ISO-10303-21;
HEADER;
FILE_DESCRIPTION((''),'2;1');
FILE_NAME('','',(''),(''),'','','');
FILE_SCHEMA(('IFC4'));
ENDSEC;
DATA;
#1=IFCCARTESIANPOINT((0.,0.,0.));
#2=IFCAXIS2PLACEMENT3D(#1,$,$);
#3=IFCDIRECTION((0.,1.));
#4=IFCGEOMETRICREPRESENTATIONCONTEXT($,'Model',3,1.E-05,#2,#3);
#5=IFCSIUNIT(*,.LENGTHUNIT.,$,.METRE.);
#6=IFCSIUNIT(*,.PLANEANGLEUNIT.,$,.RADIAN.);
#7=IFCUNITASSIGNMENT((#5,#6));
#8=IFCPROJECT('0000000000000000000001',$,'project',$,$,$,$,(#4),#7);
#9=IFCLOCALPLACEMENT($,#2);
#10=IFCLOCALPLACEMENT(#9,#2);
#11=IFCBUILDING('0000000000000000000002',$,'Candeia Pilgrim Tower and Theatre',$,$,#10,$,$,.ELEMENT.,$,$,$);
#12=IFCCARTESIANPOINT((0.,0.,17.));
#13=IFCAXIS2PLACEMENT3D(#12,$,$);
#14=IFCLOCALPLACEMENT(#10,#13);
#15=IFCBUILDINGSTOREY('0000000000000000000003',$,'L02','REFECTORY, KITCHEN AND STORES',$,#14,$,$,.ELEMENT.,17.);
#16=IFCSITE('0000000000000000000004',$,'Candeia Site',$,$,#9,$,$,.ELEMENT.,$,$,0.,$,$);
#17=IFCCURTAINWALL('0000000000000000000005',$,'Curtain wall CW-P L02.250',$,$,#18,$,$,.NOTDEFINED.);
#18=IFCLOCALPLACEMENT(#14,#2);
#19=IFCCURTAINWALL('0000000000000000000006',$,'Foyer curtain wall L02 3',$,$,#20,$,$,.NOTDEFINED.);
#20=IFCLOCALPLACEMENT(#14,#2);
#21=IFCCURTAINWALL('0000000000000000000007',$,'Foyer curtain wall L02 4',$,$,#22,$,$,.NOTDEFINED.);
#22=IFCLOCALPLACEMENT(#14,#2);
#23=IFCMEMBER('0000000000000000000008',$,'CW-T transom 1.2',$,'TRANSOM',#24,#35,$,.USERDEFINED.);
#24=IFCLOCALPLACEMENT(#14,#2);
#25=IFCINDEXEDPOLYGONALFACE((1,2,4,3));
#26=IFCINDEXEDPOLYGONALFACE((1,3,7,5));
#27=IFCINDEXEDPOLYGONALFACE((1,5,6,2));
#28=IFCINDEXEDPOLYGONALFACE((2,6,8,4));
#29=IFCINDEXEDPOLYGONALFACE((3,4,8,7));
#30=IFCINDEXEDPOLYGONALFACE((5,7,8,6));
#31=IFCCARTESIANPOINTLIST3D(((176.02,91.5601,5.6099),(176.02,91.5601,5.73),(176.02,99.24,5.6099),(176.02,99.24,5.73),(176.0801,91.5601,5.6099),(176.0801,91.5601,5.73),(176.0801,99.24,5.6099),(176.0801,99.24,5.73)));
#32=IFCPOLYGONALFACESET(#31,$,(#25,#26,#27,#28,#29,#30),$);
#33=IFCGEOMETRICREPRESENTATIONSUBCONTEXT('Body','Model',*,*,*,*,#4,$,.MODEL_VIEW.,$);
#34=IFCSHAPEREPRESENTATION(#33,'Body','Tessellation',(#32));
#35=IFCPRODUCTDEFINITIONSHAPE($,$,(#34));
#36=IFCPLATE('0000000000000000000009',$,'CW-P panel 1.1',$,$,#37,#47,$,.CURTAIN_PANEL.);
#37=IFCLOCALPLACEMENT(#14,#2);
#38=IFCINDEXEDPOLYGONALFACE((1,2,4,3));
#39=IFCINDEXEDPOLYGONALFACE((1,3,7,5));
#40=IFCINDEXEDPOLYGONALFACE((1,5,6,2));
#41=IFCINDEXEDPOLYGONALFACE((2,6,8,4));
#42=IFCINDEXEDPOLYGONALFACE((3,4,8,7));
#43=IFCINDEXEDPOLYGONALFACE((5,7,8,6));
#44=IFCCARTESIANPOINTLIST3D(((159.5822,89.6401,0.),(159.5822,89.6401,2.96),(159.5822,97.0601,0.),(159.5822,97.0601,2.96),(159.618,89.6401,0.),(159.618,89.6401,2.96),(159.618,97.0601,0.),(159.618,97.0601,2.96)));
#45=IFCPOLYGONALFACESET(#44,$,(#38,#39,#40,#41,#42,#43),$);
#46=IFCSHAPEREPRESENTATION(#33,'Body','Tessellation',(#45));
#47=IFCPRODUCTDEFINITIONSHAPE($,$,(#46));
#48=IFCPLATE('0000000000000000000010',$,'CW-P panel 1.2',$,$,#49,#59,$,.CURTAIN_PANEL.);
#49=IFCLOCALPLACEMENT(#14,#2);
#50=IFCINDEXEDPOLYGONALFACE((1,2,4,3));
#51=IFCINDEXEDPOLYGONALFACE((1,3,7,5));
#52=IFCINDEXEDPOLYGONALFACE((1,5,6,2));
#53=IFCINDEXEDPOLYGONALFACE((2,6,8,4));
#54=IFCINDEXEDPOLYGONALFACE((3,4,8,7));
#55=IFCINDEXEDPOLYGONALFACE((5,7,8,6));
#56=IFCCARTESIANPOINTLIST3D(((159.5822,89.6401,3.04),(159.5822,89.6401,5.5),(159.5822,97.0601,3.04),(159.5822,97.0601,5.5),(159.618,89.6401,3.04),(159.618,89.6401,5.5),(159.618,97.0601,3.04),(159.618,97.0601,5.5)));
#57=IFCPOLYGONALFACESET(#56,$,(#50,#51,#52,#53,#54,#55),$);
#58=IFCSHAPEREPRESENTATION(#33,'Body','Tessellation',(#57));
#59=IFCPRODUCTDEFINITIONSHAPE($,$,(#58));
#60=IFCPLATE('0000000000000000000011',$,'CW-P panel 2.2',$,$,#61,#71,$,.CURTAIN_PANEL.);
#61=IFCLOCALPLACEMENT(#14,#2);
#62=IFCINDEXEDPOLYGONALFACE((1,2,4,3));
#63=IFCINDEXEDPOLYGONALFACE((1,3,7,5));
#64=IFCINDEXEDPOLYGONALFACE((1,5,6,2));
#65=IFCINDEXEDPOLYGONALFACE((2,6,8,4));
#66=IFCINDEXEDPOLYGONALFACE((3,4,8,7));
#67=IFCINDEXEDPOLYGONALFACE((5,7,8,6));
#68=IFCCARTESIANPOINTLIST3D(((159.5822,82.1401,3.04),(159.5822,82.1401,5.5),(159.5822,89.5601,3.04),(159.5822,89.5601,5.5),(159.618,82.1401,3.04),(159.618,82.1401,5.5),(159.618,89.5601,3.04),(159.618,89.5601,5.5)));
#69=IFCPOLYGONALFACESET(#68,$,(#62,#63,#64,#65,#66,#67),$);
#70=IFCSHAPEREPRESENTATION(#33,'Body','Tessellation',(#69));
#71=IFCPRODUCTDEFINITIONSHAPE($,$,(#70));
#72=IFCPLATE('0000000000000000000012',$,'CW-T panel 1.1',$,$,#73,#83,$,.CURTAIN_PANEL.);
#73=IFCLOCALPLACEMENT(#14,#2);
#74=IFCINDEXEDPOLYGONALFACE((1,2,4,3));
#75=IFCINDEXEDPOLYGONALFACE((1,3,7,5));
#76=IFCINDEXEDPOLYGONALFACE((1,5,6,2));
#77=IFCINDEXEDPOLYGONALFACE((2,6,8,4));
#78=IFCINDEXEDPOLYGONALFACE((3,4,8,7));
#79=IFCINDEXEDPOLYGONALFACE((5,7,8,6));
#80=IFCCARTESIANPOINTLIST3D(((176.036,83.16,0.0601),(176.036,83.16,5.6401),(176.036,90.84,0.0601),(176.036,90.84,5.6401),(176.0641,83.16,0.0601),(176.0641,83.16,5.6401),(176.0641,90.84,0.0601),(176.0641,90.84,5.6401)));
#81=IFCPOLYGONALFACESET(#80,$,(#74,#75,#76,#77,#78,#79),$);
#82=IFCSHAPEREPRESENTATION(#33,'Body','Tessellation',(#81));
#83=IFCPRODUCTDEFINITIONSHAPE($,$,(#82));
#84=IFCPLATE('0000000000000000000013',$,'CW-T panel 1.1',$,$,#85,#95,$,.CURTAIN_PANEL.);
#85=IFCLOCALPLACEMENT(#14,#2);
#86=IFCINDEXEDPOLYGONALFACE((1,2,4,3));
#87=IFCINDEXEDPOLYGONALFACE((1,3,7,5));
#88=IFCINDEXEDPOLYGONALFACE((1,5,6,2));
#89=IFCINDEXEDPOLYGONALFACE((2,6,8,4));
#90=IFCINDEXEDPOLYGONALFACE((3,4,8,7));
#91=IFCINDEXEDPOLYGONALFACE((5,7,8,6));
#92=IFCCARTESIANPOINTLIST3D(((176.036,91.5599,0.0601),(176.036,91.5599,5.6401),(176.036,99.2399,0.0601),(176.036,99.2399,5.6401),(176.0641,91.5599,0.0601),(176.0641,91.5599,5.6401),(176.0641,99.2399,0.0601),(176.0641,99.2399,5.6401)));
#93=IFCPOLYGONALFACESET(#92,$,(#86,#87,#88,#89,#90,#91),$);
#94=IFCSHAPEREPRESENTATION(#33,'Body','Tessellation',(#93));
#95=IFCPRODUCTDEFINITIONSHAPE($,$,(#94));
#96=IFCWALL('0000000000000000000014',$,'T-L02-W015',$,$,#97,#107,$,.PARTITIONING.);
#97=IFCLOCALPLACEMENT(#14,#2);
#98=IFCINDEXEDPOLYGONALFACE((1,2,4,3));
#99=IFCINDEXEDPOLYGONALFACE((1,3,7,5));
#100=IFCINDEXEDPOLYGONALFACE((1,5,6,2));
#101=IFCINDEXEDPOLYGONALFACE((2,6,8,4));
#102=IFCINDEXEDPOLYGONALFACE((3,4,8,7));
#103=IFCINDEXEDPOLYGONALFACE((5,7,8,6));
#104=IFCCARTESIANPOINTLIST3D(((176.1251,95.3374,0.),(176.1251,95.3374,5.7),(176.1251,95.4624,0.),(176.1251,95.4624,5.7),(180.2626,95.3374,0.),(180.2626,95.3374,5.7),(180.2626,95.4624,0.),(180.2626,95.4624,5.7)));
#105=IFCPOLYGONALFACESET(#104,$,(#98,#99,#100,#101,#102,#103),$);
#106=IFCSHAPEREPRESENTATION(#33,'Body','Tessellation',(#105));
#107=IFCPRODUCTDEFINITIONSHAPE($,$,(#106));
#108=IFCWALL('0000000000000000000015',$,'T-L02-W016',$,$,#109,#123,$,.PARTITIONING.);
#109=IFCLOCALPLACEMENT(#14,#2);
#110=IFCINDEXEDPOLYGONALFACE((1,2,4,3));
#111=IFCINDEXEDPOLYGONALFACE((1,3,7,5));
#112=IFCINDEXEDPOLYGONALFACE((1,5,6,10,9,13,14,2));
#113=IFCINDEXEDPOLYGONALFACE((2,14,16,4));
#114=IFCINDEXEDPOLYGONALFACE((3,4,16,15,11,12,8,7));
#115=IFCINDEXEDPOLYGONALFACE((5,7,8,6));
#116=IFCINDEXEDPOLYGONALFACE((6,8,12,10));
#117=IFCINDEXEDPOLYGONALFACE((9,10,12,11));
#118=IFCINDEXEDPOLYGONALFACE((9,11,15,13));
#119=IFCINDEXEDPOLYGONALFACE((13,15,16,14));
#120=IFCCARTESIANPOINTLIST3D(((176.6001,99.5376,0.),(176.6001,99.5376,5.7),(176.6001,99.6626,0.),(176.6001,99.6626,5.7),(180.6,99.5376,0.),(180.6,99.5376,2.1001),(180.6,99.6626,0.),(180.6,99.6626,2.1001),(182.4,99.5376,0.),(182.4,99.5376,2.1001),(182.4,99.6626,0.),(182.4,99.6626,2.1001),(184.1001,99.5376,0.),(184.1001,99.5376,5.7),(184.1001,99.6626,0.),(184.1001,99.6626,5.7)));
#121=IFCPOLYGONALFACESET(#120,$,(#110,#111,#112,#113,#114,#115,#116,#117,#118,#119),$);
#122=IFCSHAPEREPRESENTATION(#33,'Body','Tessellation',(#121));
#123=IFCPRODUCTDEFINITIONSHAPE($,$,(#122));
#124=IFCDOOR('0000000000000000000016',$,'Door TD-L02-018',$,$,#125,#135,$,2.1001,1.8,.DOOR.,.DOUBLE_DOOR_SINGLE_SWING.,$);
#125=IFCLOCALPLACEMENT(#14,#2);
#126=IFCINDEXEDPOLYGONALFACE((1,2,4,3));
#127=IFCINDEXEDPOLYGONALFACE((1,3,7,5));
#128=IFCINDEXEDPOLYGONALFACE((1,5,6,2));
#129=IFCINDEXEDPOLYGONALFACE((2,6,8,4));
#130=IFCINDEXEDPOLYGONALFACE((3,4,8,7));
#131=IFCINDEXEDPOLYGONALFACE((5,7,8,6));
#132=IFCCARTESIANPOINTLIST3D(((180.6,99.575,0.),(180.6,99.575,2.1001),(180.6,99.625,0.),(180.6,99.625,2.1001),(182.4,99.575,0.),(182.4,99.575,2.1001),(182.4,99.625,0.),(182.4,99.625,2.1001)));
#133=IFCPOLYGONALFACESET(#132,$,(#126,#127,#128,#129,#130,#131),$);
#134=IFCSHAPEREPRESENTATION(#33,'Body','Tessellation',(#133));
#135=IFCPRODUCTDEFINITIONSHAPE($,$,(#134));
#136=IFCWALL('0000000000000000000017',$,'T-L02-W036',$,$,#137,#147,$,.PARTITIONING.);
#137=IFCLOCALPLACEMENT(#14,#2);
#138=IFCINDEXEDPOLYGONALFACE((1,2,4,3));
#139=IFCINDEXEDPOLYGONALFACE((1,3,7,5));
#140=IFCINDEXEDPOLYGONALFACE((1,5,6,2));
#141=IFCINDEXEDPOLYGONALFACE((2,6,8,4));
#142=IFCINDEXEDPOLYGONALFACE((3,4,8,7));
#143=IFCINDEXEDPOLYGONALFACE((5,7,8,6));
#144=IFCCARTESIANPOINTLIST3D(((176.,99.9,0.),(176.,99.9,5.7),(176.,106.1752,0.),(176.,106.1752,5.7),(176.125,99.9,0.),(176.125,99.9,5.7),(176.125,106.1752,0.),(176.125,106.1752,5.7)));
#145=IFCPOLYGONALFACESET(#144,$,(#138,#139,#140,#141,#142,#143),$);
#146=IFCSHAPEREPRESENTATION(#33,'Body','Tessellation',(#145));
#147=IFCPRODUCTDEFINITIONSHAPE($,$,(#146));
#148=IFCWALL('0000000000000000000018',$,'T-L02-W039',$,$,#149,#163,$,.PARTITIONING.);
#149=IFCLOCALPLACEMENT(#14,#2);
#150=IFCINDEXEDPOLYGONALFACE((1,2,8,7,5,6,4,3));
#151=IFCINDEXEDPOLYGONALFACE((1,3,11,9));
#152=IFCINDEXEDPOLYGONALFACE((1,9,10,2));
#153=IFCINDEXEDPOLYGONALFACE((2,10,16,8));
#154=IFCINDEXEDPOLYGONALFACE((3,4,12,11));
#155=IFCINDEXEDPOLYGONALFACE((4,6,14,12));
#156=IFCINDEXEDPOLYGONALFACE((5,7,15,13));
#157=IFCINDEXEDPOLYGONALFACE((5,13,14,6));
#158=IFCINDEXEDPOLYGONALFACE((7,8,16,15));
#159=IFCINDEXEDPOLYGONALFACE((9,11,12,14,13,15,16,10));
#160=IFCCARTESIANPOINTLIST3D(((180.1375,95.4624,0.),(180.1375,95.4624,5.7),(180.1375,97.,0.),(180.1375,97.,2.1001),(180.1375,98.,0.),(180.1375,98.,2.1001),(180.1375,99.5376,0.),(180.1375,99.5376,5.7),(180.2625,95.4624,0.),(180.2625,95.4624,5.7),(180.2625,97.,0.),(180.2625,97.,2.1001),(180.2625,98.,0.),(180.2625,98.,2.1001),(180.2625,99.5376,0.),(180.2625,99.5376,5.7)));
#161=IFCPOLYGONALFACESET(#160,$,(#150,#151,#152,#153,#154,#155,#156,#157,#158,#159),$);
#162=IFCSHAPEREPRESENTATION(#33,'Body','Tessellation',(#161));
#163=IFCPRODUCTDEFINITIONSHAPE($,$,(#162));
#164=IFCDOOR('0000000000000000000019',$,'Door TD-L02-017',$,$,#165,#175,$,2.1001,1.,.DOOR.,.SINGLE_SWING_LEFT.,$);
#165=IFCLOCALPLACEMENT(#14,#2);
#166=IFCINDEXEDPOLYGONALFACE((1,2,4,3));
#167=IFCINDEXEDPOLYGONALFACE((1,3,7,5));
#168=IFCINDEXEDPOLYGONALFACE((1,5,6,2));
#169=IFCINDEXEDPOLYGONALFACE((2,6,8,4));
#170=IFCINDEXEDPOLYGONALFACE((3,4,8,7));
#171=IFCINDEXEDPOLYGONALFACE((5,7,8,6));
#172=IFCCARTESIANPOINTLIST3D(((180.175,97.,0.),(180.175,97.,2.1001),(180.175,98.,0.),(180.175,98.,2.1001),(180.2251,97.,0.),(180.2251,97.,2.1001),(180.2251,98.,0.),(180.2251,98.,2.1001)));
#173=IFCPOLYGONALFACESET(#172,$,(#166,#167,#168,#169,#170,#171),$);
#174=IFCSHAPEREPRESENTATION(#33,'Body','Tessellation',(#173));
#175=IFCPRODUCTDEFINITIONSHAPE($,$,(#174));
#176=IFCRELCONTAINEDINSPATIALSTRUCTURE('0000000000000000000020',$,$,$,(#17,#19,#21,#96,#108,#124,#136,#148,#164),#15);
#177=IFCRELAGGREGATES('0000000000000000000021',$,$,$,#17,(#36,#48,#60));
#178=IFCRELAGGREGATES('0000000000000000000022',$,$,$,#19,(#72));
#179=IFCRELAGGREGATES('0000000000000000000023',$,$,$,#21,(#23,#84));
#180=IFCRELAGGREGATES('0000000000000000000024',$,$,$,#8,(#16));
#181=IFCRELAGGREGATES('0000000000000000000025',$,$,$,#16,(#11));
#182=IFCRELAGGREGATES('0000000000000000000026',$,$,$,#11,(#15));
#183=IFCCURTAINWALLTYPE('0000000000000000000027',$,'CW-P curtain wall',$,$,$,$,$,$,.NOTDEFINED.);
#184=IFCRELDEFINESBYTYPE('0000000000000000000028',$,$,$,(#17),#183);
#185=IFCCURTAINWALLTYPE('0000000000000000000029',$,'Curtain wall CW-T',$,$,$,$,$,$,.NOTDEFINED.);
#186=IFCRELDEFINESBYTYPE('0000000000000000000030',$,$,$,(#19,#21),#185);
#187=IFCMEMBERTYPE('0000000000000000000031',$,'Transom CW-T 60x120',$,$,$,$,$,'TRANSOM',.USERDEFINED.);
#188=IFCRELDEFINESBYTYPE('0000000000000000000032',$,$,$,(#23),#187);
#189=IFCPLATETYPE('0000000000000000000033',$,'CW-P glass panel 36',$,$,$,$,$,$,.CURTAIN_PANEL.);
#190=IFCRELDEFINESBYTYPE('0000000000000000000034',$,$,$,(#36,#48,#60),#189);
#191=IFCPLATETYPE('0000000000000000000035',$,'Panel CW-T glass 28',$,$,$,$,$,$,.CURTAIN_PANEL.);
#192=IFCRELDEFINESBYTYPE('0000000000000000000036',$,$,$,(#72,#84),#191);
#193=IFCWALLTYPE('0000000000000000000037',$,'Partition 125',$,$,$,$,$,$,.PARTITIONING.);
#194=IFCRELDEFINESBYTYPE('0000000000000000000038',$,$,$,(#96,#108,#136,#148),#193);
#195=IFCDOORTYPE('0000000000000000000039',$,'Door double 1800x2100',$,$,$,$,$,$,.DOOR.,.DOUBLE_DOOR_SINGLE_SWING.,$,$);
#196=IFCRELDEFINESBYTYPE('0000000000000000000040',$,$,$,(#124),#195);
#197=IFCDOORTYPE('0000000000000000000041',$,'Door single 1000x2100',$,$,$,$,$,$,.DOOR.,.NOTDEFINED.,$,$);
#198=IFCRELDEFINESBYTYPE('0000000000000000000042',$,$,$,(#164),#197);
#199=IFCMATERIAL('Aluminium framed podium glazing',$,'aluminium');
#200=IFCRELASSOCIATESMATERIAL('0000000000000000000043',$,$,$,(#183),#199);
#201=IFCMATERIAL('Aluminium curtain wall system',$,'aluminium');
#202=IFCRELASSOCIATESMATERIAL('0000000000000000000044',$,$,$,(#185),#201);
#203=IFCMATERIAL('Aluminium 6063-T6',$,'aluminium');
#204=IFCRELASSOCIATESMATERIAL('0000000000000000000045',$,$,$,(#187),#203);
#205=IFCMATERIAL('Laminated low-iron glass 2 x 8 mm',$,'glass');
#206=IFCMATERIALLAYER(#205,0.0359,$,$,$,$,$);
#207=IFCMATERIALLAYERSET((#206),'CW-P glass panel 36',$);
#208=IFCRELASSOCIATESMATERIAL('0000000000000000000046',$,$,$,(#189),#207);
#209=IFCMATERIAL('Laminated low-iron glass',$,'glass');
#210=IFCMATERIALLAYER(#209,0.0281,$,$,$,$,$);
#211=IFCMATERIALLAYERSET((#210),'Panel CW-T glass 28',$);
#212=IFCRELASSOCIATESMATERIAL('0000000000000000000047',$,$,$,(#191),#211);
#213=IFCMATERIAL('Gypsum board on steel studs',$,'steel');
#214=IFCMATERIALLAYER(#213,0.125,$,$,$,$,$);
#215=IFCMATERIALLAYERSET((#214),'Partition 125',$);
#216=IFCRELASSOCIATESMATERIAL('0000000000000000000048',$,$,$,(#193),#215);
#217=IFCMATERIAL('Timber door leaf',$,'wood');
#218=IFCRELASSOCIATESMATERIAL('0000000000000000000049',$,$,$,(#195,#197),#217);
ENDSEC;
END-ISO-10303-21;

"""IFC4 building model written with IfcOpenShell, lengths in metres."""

from ifc_helpers import new_model, si_unit, direction, frame, frame_2d, origin, origin_2d, place, context, subcontext, project, spatial, rectangle, extrude, material, layer, layer_set, material_profile, profile_set, type_object, element, fill, aggregate, save


model = new_model("IFC4")

# Units and contexts
model_context = context("Model", 3, precision=1e-05, world=origin(), true_north=direction((0.0, 1.0)))
body_context = subcontext(model_context, "Body", "Model", "MODEL_VIEW")
ifc_project = project(units=[si_unit("LENGTHUNIT", "METRE"), si_unit("PLANEANGLEUNIT", "RADIAN")], contexts=[model_context])

# Site, building, storey
site_placement = place(None, origin())
site = spatial("IfcSite", under=ifc_project, at=site_placement, Name="Candeia Site", CompositionType="ELEMENT", RefElevation=0.0)
building_placement = place(site_placement, origin())
building = spatial("IfcBuilding", under=site, at=building_placement, Name="Candeia Pilgrim Tower and Theatre", CompositionType="ELEMENT")
storey_placement = place(building_placement, frame((0.0, 0.0, 17.0)))
storey = spatial("IfcBuildingStorey", under=building, at=storey_placement, Name="L02", Description="REFECTORY, KITCHEN AND STORES", CompositionType="ELEMENT", Elevation=17.0)

# Shared definitions
ifc_material_1 = material(Name="Aluminium framed podium glazing", Category="aluminium")
curtain_wall_type_1 = type_object("IfcCurtainWallType", Name="CW-P curtain wall", PredefinedType="NOTDEFINED", material=ifc_material_1)

# Curtain wall
curtain_wall_1_placement = place(storey_placement, origin())
curtain_wall_1 = element("IfcCurtainWall", 1, at=curtain_wall_1_placement, inside=storey, type_object=curtain_wall_type_1, Name="Curtain wall CW-P L02.250", PredefinedType="NOTDEFINED")

# Curtain wall
ifc_material_2 = material(Name="Aluminium curtain wall system", Category="aluminium")
curtain_wall_type_2 = type_object("IfcCurtainWallType", Name="Curtain wall CW-T", PredefinedType="NOTDEFINED", material=ifc_material_2)
curtain_wall_2_placement = place(storey_placement, origin())
curtain_wall_2 = element("IfcCurtainWall", 2, at=curtain_wall_2_placement, inside=storey, type_object=curtain_wall_type_2, Name="Foyer curtain wall L02 3", PredefinedType="NOTDEFINED")
ifc_material_3 = material(Name="Aluminium 6063-T6", Category="aluminium")

# Curtain wall, member
curtain_wall_3_placement = place(storey_placement, origin())
curtain_wall_3 = element("IfcCurtainWall", 3, at=curtain_wall_3_placement, inside=storey, type_object=curtain_wall_type_2, Name="Foyer curtain wall L02 4", PredefinedType="NOTDEFINED")
ifc_material_profile_1 = material_profile(ifc_material_3, rectangle(XDim=0.0601, YDim=0.1201, at=origin_2d()))
ifc_profile_set_1 = profile_set([ifc_material_profile_1], Name="Aluminium 6063-T6")
member_type_1 = type_object("IfcMemberType", Name="Transom CW-T 60x120", ElementType="TRANSOM", PredefinedType="USERDEFINED", material=ifc_profile_set_1)
member_1_placement = place(storey_placement, frame((176.05, 91.5601, 5.6699), z_axis=(0.0, 1.0, 0.0), x_axis=(-1.0, 0.0, 0.0)))
member_1 = element("IfcMember", 4, at=member_1_placement, type_object=member_type_1, Name="CW-T transom 1.2", ObjectType="TRANSOM", PredefinedType="USERDEFINED", context=body_context, shape_type="SweptSolid", body=[
    extrude(rectangle(XDim=0.0601, YDim=0.1201, at=origin_2d()), origin(), (0.0, 0.0, 1.0), 7.6799),
])

# Plates
ifc_material_4 = material(Name="Laminated low-iron glass 2 x 8 mm", Category="glass")
ifc_layer_1 = layer(ifc_material_4, 0.0359)
ifc_layer_set_1 = layer_set([ifc_layer_1], Name="CW-P glass panel 36")
plate_type_1 = type_object("IfcPlateType", Name="CW-P glass panel 36", PredefinedType="CURTAIN_PANEL", material=ifc_layer_set_1)
plate_1_placement = place(storey_placement, frame((159.6001, 93.3501, 0.0), z_axis=(0.0, 0.0, 1.0), x_axis=(0.0, -1.0, 0.0)))
plate_1 = element("IfcPlate", 5, at=plate_1_placement, type_object=plate_type_1, Name="CW-P panel 1.1", PredefinedType="CURTAIN_PANEL", context=body_context, shape_type="SweptSolid", body=[
    extrude(rectangle(XDim=7.4199, YDim=0.0359, at=origin_2d()), origin(), (0.0, 0.0, 1.0), 2.96),
])
plate_2_placement = place(storey_placement, frame((159.6001, 93.3501, 3.04), z_axis=(0.0, 0.0, 1.0), x_axis=(0.0, -1.0, 0.0)))
plate_2 = element("IfcPlate", 6, at=plate_2_placement, type_object=plate_type_1, Name="CW-P panel 1.2", PredefinedType="CURTAIN_PANEL", context=body_context, shape_type="SweptSolid", body=[
    extrude(rectangle(XDim=7.4199, YDim=0.0359, at=origin_2d()), origin(), (0.0, 0.0, 1.0), 2.46),
])
plate_3_placement = place(storey_placement, frame((159.6001, 85.8501, 3.04), z_axis=(0.0, 0.0, 1.0), x_axis=(0.0, -1.0, 0.0)))
plate_3 = element("IfcPlate", 7, at=plate_3_placement, type_object=plate_type_1, Name="CW-P panel 2.2", PredefinedType="CURTAIN_PANEL", context=body_context, shape_type="SweptSolid", body=[
    extrude(rectangle(XDim=7.4199, YDim=0.0359, at=origin_2d()), origin(), (0.0, 0.0, 1.0), 2.46),
])
aggregate(curtain_wall_1, [plate_1, plate_2, plate_3])
ifc_material_5 = material(Name="Laminated low-iron glass", Category="glass")
ifc_layer_2 = layer(ifc_material_5, 0.0281)
ifc_layer_set_2 = layer_set([ifc_layer_2], Name="Panel CW-T glass 28")
plate_type_2 = type_object("IfcPlateType", Name="Panel CW-T glass 28", PredefinedType="CURTAIN_PANEL", material=ifc_layer_set_2)
plate_4_placement = place(storey_placement, frame((176.05, 87.0, 0.0601), z_axis=(0.0, 0.0, 1.0), x_axis=(0.0, 1.0, 0.0)))
plate_4 = element("IfcPlate", 8, at=plate_4_placement, type_object=plate_type_2, Name="CW-T panel 1.1", PredefinedType="CURTAIN_PANEL", context=body_context, shape_type="SweptSolid", body=[
    extrude(rectangle(XDim=7.6799, YDim=0.0281, at=origin_2d()), origin(), (0.0, 0.0, 1.0), 5.5801),
])
aggregate(curtain_wall_2, [plate_4])
plate_5_placement = place(storey_placement, frame((176.05, 95.3999, 0.0601), z_axis=(0.0, 0.0, 1.0), x_axis=(0.0, 1.0, 0.0)))
plate_5 = element("IfcPlate", 9, at=plate_5_placement, type_object=plate_type_2, Name="CW-T panel 1.1", PredefinedType="CURTAIN_PANEL", context=body_context, shape_type="SweptSolid", body=[
    extrude(rectangle(XDim=7.6799, YDim=0.0281, at=origin_2d()), origin(), (0.0, 0.0, 1.0), 5.5801),
])
aggregate(curtain_wall_3, [member_1, plate_5])

# Wall
ifc_material_6 = material(Name="Gypsum board on steel studs", Category="steel")
ifc_layer_3 = layer(ifc_material_6, 0.125)
ifc_layer_set_3 = layer_set([ifc_layer_3], Name="Partition 125")
wall_type_1 = type_object("IfcWallType", Name="Partition 125", PredefinedType="PARTITIONING", material=ifc_layer_set_3)
wall_1_placement = place(storey_placement, frame((176.125, 95.3999, 0.0), z_axis=(0.0, 0.0, 1.0), x_axis=(1.0, 0.0, 0.0)))
element("IfcWall", 10, at=wall_1_placement, inside=storey, type_object=wall_type_1, Name="T-L02-W015", PredefinedType="PARTITIONING", context=body_context, shape_type="SweptSolid", body=[
    extrude(rectangle(XDim=4.1375, YDim=0.125, at=frame_2d((2.0688, 0.0))), origin(), (0.0, 0.0, 1.0), 5.7),
])

# Wall, opening, door
wall_2_placement = place(storey_placement, frame((176.6001, 99.6001, 0.0), z_axis=(0.0, 0.0, 1.0), x_axis=(1.0, 0.0, 0.0)))
wall_2 = element("IfcWall", 11, at=wall_2_placement, inside=storey, type_object=wall_type_1, Name="T-L02-W016", PredefinedType="PARTITIONING", context=body_context, shape_type="SweptSolid", body=[
    extrude(rectangle(XDim=7.5, YDim=0.125, at=frame_2d((3.75, 0.0))), origin(), (0.0, 0.0, 1.0), 5.7),
])
opening_1_placement = place(wall_2_placement, frame((4.0, 0.0, 0.0)))
opening_1 = element("IfcOpeningElement", 12, at=opening_1_placement, cuts=wall_2, PredefinedType="OPENING", context=body_context, shape_type="SweptSolid", body=[
    extrude(rectangle(XDim=1.8, YDim=2.1001, at=frame_2d((0.8999, 1.05))), frame((0.0, 0.0725, 0.0), z_axis=(0.0, -1.0, 0.0), x_axis=(1.0, 0.0, 0.0)), (0.0, 0.0, 1.0), 0.145),
])
ifc_material_7 = material(Name="Timber door leaf", Category="wood")
door_type_1 = type_object("IfcDoorType", Name="Door double 1800x2100", OperationType="DOUBLE_DOOR_SINGLE_SWING", PredefinedType="DOOR", material=ifc_material_7)
door_1_placement = place(opening_1_placement, origin())
door_1 = element("IfcDoor", 13, at=door_1_placement, inside=storey, type_object=door_type_1, Name="Door TD-L02-018", OperationType="DOUBLE_DOOR_SINGLE_SWING", OverallHeight=2.1001, OverallWidth=1.8, PredefinedType="DOOR", context=body_context, shape_type="SweptSolid", body=[
    extrude(rectangle(XDim=1.8, YDim=2.1001, at=frame_2d((0.8999, 1.05))), frame((0.0, 0.0249, 0.0), z_axis=(0.0, -1.0, 0.0), x_axis=(1.0, 0.0, 0.0)), (0.0, 0.0, 1.0), 0.05),
])
fill(opening_1, door_1)

# Wall
wall_3_placement = place(storey_placement, frame((176.0625, 99.8999, 0.0), z_axis=(0.0, 0.0, 1.0), x_axis=(0.0, 1.0, 0.0)))
element("IfcWall", 14, at=wall_3_placement, inside=storey, type_object=wall_type_1, Name="T-L02-W036", PredefinedType="PARTITIONING", context=body_context, shape_type="SweptSolid", body=[
    extrude(rectangle(XDim=6.2751, YDim=0.125, at=frame_2d((3.1377, 0.0))), origin(), (0.0, 0.0, 1.0), 5.7),
])

# Wall, opening, door
wall_4_placement = place(storey_placement, frame((180.2, 95.4624, 0.0), z_axis=(0.0, 0.0, 1.0), x_axis=(0.0, 1.0, 0.0)))
wall_4 = element("IfcWall", 15, at=wall_4_placement, inside=storey, type_object=wall_type_1, Name="T-L02-W039", PredefinedType="PARTITIONING", context=body_context, shape_type="SweptSolid", body=[
    extrude(rectangle(XDim=4.0752, YDim=0.125, at=frame_2d((2.0376, 0.0))), origin(), (0.0, 0.0, 1.0), 5.7),
])
opening_2_placement = place(wall_4_placement, frame((1.5376, 0.0, 0.0)))
opening_2 = element("IfcOpeningElement", 16, at=opening_2_placement, cuts=wall_4, PredefinedType="OPENING", context=body_context, shape_type="SweptSolid", body=[
    extrude(rectangle(XDim=1.0, YDim=2.1001, at=frame_2d((0.5, 1.05))), frame((0.0, 0.0725, 0.0), z_axis=(0.0, -1.0, 0.0), x_axis=(1.0, 0.0, 0.0)), (0.0, 0.0, 1.0), 0.145),
])
door_type_2 = type_object("IfcDoorType", Name="Door single 1000x2100", OperationType="NOTDEFINED", PredefinedType="DOOR", material=ifc_material_7)
door_2_placement = place(opening_2_placement, origin())
door_2 = element("IfcDoor", 17, at=door_2_placement, inside=storey, type_object=door_type_2, Name="Door TD-L02-017", OperationType="SINGLE_SWING_LEFT", OverallHeight=2.1001, OverallWidth=1.0, PredefinedType="DOOR", context=body_context, shape_type="SweptSolid", body=[
    extrude(rectangle(XDim=1.0, YDim=2.1001, at=frame_2d((0.5, 1.05))), frame((0.0, 0.0249, 0.0), z_axis=(0.0, -1.0, 0.0), x_axis=(1.0, 0.0, 0.0)), (0.0, 0.0, 1.0), 0.05),
])
fill(opening_2, door_2)

save(model, "model.ifc")
